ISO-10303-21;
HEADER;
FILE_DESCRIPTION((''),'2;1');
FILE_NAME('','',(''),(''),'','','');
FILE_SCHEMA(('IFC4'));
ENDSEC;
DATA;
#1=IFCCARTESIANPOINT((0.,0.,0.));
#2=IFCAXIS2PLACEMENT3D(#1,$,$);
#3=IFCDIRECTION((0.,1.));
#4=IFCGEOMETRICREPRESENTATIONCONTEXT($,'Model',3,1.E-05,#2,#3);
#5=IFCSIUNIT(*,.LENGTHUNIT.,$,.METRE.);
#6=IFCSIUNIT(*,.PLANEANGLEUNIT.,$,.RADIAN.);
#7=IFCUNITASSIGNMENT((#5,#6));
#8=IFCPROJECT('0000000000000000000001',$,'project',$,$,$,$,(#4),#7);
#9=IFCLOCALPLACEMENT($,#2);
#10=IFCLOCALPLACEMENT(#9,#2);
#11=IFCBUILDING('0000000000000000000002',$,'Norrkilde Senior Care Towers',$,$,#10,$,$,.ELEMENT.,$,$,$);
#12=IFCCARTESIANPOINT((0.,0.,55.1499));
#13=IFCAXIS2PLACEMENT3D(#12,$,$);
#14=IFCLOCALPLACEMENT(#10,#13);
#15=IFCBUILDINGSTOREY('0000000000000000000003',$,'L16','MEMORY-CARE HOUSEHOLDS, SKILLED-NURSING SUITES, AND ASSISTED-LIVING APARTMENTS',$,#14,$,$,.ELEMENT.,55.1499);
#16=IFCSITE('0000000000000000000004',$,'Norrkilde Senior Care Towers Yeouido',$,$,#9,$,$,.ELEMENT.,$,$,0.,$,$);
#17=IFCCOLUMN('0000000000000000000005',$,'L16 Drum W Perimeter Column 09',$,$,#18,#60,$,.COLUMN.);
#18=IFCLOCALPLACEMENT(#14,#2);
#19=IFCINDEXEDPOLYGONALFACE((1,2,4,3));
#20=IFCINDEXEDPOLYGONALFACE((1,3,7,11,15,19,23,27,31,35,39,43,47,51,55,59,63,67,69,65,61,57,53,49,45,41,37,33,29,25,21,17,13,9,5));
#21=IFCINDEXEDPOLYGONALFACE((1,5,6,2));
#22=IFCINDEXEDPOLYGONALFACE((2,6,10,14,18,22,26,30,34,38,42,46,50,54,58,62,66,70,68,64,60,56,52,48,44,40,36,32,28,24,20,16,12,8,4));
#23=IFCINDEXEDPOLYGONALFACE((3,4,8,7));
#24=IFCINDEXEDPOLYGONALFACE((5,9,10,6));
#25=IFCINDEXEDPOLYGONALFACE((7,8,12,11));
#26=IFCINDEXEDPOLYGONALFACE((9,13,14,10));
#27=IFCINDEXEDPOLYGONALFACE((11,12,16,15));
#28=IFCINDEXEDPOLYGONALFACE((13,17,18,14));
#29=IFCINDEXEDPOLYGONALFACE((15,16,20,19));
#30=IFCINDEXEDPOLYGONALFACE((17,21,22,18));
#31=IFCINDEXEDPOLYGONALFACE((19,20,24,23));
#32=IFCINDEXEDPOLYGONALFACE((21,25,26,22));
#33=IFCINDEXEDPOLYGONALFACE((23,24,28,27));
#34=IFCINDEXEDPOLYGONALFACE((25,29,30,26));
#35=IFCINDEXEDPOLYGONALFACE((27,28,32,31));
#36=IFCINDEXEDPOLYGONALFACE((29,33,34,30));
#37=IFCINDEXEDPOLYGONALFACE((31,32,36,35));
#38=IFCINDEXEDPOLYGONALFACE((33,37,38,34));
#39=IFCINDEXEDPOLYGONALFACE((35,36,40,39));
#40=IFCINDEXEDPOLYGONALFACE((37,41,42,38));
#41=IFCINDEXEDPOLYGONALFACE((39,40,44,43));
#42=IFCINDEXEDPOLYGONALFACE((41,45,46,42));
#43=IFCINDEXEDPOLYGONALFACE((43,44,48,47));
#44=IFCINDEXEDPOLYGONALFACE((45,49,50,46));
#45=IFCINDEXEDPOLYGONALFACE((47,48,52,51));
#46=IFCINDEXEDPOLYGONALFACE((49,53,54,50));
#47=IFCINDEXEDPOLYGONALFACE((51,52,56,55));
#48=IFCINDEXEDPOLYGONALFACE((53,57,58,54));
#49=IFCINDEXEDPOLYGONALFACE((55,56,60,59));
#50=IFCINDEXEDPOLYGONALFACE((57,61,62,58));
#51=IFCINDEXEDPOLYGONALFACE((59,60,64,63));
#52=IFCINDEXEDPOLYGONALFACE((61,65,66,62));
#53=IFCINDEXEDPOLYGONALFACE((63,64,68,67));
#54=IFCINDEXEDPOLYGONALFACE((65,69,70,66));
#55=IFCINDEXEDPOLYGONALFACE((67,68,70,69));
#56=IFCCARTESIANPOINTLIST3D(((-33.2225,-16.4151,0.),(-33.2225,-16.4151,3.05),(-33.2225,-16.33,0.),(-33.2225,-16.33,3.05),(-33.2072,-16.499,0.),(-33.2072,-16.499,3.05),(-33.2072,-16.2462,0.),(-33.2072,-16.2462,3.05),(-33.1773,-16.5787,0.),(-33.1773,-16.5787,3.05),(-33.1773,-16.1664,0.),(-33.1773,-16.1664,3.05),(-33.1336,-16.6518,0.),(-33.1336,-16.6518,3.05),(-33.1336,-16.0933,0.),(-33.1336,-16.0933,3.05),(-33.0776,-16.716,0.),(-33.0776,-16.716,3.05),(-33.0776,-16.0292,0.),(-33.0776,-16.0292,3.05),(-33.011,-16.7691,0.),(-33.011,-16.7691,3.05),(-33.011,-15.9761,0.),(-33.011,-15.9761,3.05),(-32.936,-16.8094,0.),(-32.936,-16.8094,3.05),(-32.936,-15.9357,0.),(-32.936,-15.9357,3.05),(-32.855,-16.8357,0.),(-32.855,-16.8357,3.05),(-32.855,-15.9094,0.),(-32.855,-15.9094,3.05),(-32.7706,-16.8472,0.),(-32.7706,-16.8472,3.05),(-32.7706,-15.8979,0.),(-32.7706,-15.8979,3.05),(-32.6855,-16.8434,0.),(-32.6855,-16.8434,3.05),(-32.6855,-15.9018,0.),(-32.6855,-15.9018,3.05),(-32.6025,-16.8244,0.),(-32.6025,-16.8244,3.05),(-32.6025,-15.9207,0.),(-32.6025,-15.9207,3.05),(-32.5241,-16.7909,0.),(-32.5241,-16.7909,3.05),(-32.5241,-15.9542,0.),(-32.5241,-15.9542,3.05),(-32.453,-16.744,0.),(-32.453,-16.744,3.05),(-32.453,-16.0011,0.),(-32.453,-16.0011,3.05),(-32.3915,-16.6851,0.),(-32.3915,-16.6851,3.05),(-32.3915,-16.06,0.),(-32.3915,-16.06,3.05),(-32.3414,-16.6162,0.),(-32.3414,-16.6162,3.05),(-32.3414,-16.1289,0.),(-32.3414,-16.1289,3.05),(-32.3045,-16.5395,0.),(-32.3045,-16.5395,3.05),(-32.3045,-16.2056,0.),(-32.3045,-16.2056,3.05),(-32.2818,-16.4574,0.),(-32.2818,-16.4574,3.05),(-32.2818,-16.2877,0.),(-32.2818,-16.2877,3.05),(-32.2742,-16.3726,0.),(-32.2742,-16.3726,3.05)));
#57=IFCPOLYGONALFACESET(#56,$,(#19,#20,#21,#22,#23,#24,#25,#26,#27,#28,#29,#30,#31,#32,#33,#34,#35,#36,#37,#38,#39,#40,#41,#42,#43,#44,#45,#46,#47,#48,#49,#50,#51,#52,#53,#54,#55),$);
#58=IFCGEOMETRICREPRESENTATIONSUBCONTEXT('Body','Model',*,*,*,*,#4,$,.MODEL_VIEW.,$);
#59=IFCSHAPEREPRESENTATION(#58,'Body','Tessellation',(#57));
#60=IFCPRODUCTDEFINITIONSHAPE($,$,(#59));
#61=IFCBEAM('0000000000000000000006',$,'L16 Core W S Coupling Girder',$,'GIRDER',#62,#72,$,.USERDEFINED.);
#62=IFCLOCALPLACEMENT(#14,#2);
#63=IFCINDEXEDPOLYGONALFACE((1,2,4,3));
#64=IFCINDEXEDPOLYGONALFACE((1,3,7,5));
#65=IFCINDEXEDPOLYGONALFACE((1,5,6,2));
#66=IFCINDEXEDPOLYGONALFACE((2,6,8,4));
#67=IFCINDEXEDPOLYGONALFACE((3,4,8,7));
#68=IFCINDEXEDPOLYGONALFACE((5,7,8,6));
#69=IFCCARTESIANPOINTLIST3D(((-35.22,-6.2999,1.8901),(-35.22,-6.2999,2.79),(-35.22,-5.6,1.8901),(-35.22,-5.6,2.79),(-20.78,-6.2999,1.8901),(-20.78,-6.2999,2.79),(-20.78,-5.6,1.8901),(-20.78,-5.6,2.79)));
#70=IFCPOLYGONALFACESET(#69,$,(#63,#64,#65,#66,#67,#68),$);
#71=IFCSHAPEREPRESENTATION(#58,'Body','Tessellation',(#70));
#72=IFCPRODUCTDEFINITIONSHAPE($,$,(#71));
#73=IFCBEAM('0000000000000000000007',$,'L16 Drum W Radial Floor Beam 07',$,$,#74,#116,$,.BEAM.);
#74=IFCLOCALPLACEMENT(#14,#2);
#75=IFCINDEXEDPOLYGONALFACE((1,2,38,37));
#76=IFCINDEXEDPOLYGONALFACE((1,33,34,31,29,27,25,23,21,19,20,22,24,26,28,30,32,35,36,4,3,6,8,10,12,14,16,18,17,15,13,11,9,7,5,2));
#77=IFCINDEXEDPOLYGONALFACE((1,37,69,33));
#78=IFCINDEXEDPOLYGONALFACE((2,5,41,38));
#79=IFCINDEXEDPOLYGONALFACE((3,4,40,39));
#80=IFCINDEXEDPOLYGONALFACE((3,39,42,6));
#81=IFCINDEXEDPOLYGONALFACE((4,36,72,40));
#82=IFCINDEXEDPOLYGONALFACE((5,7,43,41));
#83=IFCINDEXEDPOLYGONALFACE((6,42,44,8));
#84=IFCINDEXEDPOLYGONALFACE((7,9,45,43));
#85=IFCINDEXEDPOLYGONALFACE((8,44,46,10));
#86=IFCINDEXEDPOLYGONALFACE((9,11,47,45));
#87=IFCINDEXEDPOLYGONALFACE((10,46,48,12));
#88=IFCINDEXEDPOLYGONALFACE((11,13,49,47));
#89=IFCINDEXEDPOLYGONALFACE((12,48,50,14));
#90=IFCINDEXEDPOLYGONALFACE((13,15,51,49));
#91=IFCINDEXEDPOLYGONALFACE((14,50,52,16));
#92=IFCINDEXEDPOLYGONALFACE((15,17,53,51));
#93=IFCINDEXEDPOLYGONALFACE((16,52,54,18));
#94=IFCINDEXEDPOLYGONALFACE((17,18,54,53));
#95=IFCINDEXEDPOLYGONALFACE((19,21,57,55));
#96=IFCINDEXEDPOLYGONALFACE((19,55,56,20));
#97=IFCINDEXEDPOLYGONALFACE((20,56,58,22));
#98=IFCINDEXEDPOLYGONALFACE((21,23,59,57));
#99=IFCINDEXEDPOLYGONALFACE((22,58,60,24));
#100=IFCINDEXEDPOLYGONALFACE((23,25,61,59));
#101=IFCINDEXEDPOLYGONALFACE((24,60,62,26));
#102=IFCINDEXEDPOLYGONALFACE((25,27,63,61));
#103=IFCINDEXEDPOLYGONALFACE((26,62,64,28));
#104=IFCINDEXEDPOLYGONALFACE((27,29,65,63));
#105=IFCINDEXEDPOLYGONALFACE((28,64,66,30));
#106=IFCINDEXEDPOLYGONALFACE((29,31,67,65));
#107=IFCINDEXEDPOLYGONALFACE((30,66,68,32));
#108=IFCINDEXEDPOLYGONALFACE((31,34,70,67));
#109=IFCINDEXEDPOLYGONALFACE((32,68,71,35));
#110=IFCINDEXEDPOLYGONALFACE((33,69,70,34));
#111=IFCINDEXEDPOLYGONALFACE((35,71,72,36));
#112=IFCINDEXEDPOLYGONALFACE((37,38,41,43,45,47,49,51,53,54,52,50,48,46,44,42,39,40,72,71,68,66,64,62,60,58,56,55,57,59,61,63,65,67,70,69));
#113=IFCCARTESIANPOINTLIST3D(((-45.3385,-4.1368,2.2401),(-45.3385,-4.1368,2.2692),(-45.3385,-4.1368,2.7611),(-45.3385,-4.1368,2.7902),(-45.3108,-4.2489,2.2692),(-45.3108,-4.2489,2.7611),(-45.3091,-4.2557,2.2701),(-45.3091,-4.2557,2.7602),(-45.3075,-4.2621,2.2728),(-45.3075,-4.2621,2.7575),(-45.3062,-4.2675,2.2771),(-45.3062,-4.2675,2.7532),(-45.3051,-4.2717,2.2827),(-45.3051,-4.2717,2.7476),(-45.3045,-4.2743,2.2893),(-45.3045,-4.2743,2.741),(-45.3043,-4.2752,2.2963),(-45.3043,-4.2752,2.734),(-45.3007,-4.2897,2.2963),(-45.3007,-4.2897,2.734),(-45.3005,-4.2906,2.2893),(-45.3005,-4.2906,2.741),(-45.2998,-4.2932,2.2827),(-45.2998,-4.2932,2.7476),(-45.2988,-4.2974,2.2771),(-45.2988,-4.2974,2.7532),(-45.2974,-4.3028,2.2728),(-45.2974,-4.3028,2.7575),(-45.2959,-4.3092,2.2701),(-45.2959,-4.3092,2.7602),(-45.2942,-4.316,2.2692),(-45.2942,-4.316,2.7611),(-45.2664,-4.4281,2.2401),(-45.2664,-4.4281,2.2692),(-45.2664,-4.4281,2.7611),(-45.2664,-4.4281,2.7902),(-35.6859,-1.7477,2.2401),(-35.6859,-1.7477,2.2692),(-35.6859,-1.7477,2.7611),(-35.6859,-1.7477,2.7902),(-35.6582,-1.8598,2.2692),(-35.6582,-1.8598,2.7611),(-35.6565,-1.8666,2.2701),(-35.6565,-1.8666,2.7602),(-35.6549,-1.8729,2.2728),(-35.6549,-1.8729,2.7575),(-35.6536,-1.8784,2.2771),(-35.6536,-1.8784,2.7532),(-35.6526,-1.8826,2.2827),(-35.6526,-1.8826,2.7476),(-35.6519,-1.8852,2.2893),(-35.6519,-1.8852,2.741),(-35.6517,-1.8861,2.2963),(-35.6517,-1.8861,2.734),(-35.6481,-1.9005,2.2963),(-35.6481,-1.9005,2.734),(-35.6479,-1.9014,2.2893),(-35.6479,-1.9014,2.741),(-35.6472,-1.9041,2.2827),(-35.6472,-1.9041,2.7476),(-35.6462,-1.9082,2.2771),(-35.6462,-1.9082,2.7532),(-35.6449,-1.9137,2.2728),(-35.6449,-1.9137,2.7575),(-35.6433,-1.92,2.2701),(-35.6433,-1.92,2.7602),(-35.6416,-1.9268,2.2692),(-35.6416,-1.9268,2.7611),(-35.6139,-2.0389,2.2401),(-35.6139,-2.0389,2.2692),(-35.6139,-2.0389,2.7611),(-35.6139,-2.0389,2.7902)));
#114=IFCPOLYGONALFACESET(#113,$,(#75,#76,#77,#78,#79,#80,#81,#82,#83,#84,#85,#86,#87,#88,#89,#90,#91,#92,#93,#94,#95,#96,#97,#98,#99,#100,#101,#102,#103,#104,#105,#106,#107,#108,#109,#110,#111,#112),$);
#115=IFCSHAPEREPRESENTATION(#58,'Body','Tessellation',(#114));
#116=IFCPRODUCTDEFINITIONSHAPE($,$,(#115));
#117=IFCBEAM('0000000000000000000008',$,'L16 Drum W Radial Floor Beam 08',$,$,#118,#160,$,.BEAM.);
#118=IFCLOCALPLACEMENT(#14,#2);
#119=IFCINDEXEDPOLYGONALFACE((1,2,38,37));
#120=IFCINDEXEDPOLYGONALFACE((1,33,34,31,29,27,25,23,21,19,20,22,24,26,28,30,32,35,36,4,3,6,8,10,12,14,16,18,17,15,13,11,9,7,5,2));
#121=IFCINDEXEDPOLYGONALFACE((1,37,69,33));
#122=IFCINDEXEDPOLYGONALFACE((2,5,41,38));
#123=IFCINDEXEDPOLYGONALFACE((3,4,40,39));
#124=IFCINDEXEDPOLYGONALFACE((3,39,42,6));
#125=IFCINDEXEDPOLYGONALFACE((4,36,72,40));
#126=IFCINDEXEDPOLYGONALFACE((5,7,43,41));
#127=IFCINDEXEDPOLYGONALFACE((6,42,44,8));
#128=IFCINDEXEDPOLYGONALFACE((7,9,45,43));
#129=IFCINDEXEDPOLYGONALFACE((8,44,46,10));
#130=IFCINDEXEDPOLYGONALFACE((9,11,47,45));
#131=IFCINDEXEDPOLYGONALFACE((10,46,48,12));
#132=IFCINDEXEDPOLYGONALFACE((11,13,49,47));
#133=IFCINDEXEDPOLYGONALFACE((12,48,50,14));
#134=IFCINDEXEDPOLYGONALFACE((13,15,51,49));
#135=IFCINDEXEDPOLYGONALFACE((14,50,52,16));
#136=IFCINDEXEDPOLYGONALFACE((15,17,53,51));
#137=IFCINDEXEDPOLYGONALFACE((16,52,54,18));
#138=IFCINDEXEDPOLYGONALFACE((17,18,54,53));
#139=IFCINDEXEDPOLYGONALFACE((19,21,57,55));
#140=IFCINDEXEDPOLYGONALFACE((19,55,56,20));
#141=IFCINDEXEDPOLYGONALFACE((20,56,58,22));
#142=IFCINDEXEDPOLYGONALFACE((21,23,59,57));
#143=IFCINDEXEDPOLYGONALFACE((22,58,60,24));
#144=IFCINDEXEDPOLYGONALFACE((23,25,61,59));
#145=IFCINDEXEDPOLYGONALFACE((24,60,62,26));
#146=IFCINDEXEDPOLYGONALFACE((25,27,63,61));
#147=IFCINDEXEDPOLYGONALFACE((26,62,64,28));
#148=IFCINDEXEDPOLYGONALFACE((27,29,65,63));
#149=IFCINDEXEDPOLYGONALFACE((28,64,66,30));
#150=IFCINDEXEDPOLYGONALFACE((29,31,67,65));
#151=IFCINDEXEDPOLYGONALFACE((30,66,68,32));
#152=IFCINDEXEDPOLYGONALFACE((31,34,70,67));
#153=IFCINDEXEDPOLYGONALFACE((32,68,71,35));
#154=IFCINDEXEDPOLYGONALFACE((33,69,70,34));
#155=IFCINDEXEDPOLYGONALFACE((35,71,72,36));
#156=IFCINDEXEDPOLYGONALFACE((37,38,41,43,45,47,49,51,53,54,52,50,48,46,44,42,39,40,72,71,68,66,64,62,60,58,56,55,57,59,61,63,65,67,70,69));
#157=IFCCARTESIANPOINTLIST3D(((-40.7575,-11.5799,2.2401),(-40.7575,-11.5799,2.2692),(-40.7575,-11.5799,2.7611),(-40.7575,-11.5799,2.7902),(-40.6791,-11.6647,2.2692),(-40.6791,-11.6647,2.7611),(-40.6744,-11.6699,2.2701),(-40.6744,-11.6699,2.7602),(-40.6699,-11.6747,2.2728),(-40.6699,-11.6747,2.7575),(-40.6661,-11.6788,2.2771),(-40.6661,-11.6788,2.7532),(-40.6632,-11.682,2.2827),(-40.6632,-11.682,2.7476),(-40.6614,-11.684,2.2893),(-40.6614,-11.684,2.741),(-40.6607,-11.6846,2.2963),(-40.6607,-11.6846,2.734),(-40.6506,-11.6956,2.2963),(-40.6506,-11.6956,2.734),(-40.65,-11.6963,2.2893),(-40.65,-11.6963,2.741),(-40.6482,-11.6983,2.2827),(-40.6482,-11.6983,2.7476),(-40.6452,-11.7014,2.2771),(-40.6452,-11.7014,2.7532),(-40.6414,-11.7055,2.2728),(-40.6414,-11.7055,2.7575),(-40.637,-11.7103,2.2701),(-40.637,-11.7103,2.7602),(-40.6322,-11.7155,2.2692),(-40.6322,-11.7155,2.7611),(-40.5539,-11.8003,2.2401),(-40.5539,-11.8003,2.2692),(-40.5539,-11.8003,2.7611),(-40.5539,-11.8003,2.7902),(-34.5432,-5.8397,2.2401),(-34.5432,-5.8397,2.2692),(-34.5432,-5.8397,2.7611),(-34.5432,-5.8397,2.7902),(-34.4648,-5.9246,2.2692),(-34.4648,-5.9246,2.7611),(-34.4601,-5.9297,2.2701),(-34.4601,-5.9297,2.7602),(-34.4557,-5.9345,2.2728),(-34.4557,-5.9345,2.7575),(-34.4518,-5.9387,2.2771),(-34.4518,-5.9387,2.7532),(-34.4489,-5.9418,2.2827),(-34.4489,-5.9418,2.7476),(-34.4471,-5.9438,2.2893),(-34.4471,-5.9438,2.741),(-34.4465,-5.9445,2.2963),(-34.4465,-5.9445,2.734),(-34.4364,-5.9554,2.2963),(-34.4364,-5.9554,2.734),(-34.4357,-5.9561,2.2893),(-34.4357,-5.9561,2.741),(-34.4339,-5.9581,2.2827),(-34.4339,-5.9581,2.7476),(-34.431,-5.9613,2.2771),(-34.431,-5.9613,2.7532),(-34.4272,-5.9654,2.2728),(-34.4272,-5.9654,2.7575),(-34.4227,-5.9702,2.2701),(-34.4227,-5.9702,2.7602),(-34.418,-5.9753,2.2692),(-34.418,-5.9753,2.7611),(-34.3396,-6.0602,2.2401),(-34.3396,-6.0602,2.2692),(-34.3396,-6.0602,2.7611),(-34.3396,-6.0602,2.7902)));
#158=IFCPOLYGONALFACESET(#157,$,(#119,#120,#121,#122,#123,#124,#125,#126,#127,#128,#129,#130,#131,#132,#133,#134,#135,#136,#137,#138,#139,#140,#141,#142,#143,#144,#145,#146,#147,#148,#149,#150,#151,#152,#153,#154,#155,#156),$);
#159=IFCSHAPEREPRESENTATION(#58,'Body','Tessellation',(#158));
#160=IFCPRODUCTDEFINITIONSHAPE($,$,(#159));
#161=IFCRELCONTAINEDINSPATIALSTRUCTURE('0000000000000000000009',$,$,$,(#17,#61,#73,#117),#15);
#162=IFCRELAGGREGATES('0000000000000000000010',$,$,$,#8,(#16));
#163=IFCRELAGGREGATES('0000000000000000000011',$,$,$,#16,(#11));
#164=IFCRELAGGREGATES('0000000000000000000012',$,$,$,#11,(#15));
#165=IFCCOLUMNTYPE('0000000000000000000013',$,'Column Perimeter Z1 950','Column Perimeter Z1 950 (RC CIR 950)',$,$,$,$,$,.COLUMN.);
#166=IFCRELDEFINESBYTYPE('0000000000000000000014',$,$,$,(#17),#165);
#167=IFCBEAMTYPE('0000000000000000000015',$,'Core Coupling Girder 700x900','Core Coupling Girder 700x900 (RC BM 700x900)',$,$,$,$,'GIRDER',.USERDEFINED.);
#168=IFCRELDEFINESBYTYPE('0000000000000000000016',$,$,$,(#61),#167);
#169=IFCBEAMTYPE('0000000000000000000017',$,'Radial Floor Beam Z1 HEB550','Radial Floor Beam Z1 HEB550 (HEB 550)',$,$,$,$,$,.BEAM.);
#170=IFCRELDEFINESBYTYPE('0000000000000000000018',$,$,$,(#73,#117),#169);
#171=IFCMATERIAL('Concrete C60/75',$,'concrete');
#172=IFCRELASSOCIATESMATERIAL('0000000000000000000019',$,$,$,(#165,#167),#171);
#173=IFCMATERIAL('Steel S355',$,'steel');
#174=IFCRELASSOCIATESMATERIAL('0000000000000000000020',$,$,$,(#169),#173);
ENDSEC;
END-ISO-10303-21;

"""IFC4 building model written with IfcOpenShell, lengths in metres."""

from ifc_helpers import new_model, si_unit, direction, frame, origin, origin_2d, place, context, subcontext, project, spatial, rectangle, circle, i_section, extrude, source, transform, mapped, material, material_profile, profile_set, type_object, type_shapes, element, save


model = new_model("IFC4")

# Units and contexts
model_context = context("Model", 3, precision=1e-05, world=origin(), true_north=direction((0.0, 1.0)))
body_context = subcontext(model_context, "Body", "Model", "MODEL_VIEW")
ifc_project = project(units=[si_unit("LENGTHUNIT", "METRE"), si_unit("PLANEANGLEUNIT", "RADIAN")], contexts=[model_context])

# Site, building, storey
site_placement = place(None, origin())
site = spatial("IfcSite", under=ifc_project, at=site_placement, Name="Norrkilde Senior Care Towers Yeouido", CompositionType="ELEMENT", RefElevation=0.0)
building_placement = place(site_placement, origin())
building = spatial("IfcBuilding", under=site, at=building_placement, Name="Norrkilde Senior Care Towers", CompositionType="ELEMENT")
storey_placement = place(building_placement, frame((0.0, 0.0, 55.1499)))
storey = spatial("IfcBuildingStorey", under=building, at=storey_placement, Name="L16", Description="MEMORY-CARE HOUSEHOLDS, SKILLED-NURSING SUITES, AND ASSISTED-LIVING APARTMENTS", CompositionType="ELEMENT", Elevation=55.1499)

# Column
ifc_material_1 = material(Name="Concrete C60/75", Category="concrete")
ifc_material_profile_1 = material_profile(ifc_material_1, circle(Radius=0.4751, at=origin_2d()), Name="RC CIR 950")
ifc_profile_set_1 = profile_set([ifc_material_profile_1], Name="Concrete C60/75")
column_type = type_object("IfcColumnType", Name="Column Perimeter Z1 950", Description="Column Perimeter Z1 950 (RC CIR 950)", PredefinedType="COLUMN", material=ifc_profile_set_1)
shared_shape_1 = source(origin(), body_context, "Body", "SweptSolid", [
    extrude(circle(Radius=0.4751, at=origin_2d()), origin(), (0.0, 0.0, 1.0), 3.05),
])
type_shapes(column_type, [shared_shape_1])
column_placement = place(storey_placement, frame((-32.7493, -16.3726, 0.0), z_axis=(0.0, 0.0, 1.0), x_axis=(1.0, 0.0, 0.0)))
element("IfcColumn", 1, at=column_placement, inside=storey, type_object=column_type, Name="L16 Drum W Perimeter Column 09", PredefinedType="COLUMN", context=body_context, shape_type="MappedRepresentation", body=[
    mapped(shared_shape_1, transform((0.0, 0.0, 0.0), x_axis=(1.0, 0.0, 0.0), y_axis=(0.0, 1.0, 0.0), z_axis=(0.0, 0.0, 1.0), scale=1.0)),
])

# Beams
ifc_material_profile_2 = material_profile(ifc_material_1, rectangle(XDim=0.7, YDim=0.8999, at=origin_2d()), Name="RC BM 700x900")
ifc_profile_set_2 = profile_set([ifc_material_profile_2], Name="Concrete C60/75")
beam_type_1 = type_object("IfcBeamType", Name="Core Coupling Girder 700x900", Description="Core Coupling Girder 700x900 (RC BM 700x900)", ElementType="GIRDER", PredefinedType="USERDEFINED", material=ifc_profile_set_2)
shared_shape_2 = source(origin(), body_context, "Body", "SweptSolid", [
    extrude(rectangle(XDim=0.7, YDim=0.8999, at=origin_2d()), origin(), (0.0, 0.0, 1.0), 14.4399),
])
type_shapes(beam_type_1, [shared_shape_2])
beam_1_placement = place(storey_placement, frame((-35.22, -5.95, 2.3401), z_axis=(1.0, 0.0, 0.0), x_axis=(0.0, 1.0, 0.0)))
element("IfcBeam", 2, at=beam_1_placement, inside=storey, type_object=beam_type_1, Name="L16 Core W S Coupling Girder", ObjectType="GIRDER", PredefinedType="USERDEFINED", context=body_context, shape_type="MappedRepresentation", body=[
    mapped(shared_shape_2, transform((0.0, 0.0, 0.0), x_axis=(1.0, 0.0, 0.0), y_axis=(0.0, 1.0, 0.0), z_axis=(0.0, 0.0, 1.0), scale=1.0)),
])
ifc_material_2 = material(Name="Steel S355", Category="steel")
ifc_material_profile_3 = material_profile(ifc_material_2, i_section(OverallWidth=0.3, OverallDepth=0.55, WebThickness=0.0149, FlangeThickness=0.0291, FilletRadius=0.0271, at=origin_2d()), Name="HEB 550")
ifc_profile_set_3 = profile_set([ifc_material_profile_3], Name="Steel S355")
beam_type_2 = type_object("IfcBeamType", Name="Radial Floor Beam Z1 HEB550", Description="Radial Floor Beam Z1 HEB550 (HEB 550)", PredefinedType="BEAM", material=ifc_profile_set_3)
shared_shape_3 = source(origin(), body_context, "Body", "SweptSolid", [
    extrude(i_section(OverallWidth=0.3, OverallDepth=0.55, WebThickness=0.0149, FlangeThickness=0.0291, FilletRadius=0.0271, at=origin_2d()), origin(), (0.0, 0.0, 1.0), 9.9438),
])
beam_2_placement = place(storey_placement, frame((-35.6499, -1.8933, 2.5151), z_axis=(-0.970707, -0.240265, 0.0), x_axis=(0.240265, -0.970707, 0.0)))
element("IfcBeam", 3, at=beam_2_placement, inside=storey, type_object=beam_type_2, Name="L16 Drum W Radial Floor Beam 07", PredefinedType="BEAM", context=body_context, shape_type="MappedRepresentation", body=[
    mapped(shared_shape_3, transform((0.0, 0.0, 0.0), x_axis=(1.0, 0.0, 0.0), y_axis=(0.0, 1.0, 0.0), z_axis=(0.0, 0.0, 1.0), scale=1.0)),
])
shared_shape_4 = source(origin(), body_context, "Body", "SweptSolid", [
    extrude(i_section(OverallWidth=0.3, OverallDepth=0.55, WebThickness=0.0149, FlangeThickness=0.0291, FilletRadius=0.0271, at=origin_2d()), origin(), (0.0, 0.0, 1.0), 8.4597),
])
beam_3_placement = place(storey_placement, frame((-34.4414, -5.95, 2.5151), z_axis=(-0.734573, -0.678529, 0.0), x_axis=(0.678529, -0.734573, 0.0)))
element("IfcBeam", 4, at=beam_3_placement, inside=storey, type_object=beam_type_2, Name="L16 Drum W Radial Floor Beam 08", PredefinedType="BEAM", context=body_context, shape_type="MappedRepresentation", body=[
    mapped(shared_shape_4, transform((0.0, 0.0, 0.0), x_axis=(1.0, 0.0, 0.0), y_axis=(0.0, 1.0, 0.0), z_axis=(0.0, 0.0, 1.0), scale=1.0)),
])

save(model, "model.ifc")
